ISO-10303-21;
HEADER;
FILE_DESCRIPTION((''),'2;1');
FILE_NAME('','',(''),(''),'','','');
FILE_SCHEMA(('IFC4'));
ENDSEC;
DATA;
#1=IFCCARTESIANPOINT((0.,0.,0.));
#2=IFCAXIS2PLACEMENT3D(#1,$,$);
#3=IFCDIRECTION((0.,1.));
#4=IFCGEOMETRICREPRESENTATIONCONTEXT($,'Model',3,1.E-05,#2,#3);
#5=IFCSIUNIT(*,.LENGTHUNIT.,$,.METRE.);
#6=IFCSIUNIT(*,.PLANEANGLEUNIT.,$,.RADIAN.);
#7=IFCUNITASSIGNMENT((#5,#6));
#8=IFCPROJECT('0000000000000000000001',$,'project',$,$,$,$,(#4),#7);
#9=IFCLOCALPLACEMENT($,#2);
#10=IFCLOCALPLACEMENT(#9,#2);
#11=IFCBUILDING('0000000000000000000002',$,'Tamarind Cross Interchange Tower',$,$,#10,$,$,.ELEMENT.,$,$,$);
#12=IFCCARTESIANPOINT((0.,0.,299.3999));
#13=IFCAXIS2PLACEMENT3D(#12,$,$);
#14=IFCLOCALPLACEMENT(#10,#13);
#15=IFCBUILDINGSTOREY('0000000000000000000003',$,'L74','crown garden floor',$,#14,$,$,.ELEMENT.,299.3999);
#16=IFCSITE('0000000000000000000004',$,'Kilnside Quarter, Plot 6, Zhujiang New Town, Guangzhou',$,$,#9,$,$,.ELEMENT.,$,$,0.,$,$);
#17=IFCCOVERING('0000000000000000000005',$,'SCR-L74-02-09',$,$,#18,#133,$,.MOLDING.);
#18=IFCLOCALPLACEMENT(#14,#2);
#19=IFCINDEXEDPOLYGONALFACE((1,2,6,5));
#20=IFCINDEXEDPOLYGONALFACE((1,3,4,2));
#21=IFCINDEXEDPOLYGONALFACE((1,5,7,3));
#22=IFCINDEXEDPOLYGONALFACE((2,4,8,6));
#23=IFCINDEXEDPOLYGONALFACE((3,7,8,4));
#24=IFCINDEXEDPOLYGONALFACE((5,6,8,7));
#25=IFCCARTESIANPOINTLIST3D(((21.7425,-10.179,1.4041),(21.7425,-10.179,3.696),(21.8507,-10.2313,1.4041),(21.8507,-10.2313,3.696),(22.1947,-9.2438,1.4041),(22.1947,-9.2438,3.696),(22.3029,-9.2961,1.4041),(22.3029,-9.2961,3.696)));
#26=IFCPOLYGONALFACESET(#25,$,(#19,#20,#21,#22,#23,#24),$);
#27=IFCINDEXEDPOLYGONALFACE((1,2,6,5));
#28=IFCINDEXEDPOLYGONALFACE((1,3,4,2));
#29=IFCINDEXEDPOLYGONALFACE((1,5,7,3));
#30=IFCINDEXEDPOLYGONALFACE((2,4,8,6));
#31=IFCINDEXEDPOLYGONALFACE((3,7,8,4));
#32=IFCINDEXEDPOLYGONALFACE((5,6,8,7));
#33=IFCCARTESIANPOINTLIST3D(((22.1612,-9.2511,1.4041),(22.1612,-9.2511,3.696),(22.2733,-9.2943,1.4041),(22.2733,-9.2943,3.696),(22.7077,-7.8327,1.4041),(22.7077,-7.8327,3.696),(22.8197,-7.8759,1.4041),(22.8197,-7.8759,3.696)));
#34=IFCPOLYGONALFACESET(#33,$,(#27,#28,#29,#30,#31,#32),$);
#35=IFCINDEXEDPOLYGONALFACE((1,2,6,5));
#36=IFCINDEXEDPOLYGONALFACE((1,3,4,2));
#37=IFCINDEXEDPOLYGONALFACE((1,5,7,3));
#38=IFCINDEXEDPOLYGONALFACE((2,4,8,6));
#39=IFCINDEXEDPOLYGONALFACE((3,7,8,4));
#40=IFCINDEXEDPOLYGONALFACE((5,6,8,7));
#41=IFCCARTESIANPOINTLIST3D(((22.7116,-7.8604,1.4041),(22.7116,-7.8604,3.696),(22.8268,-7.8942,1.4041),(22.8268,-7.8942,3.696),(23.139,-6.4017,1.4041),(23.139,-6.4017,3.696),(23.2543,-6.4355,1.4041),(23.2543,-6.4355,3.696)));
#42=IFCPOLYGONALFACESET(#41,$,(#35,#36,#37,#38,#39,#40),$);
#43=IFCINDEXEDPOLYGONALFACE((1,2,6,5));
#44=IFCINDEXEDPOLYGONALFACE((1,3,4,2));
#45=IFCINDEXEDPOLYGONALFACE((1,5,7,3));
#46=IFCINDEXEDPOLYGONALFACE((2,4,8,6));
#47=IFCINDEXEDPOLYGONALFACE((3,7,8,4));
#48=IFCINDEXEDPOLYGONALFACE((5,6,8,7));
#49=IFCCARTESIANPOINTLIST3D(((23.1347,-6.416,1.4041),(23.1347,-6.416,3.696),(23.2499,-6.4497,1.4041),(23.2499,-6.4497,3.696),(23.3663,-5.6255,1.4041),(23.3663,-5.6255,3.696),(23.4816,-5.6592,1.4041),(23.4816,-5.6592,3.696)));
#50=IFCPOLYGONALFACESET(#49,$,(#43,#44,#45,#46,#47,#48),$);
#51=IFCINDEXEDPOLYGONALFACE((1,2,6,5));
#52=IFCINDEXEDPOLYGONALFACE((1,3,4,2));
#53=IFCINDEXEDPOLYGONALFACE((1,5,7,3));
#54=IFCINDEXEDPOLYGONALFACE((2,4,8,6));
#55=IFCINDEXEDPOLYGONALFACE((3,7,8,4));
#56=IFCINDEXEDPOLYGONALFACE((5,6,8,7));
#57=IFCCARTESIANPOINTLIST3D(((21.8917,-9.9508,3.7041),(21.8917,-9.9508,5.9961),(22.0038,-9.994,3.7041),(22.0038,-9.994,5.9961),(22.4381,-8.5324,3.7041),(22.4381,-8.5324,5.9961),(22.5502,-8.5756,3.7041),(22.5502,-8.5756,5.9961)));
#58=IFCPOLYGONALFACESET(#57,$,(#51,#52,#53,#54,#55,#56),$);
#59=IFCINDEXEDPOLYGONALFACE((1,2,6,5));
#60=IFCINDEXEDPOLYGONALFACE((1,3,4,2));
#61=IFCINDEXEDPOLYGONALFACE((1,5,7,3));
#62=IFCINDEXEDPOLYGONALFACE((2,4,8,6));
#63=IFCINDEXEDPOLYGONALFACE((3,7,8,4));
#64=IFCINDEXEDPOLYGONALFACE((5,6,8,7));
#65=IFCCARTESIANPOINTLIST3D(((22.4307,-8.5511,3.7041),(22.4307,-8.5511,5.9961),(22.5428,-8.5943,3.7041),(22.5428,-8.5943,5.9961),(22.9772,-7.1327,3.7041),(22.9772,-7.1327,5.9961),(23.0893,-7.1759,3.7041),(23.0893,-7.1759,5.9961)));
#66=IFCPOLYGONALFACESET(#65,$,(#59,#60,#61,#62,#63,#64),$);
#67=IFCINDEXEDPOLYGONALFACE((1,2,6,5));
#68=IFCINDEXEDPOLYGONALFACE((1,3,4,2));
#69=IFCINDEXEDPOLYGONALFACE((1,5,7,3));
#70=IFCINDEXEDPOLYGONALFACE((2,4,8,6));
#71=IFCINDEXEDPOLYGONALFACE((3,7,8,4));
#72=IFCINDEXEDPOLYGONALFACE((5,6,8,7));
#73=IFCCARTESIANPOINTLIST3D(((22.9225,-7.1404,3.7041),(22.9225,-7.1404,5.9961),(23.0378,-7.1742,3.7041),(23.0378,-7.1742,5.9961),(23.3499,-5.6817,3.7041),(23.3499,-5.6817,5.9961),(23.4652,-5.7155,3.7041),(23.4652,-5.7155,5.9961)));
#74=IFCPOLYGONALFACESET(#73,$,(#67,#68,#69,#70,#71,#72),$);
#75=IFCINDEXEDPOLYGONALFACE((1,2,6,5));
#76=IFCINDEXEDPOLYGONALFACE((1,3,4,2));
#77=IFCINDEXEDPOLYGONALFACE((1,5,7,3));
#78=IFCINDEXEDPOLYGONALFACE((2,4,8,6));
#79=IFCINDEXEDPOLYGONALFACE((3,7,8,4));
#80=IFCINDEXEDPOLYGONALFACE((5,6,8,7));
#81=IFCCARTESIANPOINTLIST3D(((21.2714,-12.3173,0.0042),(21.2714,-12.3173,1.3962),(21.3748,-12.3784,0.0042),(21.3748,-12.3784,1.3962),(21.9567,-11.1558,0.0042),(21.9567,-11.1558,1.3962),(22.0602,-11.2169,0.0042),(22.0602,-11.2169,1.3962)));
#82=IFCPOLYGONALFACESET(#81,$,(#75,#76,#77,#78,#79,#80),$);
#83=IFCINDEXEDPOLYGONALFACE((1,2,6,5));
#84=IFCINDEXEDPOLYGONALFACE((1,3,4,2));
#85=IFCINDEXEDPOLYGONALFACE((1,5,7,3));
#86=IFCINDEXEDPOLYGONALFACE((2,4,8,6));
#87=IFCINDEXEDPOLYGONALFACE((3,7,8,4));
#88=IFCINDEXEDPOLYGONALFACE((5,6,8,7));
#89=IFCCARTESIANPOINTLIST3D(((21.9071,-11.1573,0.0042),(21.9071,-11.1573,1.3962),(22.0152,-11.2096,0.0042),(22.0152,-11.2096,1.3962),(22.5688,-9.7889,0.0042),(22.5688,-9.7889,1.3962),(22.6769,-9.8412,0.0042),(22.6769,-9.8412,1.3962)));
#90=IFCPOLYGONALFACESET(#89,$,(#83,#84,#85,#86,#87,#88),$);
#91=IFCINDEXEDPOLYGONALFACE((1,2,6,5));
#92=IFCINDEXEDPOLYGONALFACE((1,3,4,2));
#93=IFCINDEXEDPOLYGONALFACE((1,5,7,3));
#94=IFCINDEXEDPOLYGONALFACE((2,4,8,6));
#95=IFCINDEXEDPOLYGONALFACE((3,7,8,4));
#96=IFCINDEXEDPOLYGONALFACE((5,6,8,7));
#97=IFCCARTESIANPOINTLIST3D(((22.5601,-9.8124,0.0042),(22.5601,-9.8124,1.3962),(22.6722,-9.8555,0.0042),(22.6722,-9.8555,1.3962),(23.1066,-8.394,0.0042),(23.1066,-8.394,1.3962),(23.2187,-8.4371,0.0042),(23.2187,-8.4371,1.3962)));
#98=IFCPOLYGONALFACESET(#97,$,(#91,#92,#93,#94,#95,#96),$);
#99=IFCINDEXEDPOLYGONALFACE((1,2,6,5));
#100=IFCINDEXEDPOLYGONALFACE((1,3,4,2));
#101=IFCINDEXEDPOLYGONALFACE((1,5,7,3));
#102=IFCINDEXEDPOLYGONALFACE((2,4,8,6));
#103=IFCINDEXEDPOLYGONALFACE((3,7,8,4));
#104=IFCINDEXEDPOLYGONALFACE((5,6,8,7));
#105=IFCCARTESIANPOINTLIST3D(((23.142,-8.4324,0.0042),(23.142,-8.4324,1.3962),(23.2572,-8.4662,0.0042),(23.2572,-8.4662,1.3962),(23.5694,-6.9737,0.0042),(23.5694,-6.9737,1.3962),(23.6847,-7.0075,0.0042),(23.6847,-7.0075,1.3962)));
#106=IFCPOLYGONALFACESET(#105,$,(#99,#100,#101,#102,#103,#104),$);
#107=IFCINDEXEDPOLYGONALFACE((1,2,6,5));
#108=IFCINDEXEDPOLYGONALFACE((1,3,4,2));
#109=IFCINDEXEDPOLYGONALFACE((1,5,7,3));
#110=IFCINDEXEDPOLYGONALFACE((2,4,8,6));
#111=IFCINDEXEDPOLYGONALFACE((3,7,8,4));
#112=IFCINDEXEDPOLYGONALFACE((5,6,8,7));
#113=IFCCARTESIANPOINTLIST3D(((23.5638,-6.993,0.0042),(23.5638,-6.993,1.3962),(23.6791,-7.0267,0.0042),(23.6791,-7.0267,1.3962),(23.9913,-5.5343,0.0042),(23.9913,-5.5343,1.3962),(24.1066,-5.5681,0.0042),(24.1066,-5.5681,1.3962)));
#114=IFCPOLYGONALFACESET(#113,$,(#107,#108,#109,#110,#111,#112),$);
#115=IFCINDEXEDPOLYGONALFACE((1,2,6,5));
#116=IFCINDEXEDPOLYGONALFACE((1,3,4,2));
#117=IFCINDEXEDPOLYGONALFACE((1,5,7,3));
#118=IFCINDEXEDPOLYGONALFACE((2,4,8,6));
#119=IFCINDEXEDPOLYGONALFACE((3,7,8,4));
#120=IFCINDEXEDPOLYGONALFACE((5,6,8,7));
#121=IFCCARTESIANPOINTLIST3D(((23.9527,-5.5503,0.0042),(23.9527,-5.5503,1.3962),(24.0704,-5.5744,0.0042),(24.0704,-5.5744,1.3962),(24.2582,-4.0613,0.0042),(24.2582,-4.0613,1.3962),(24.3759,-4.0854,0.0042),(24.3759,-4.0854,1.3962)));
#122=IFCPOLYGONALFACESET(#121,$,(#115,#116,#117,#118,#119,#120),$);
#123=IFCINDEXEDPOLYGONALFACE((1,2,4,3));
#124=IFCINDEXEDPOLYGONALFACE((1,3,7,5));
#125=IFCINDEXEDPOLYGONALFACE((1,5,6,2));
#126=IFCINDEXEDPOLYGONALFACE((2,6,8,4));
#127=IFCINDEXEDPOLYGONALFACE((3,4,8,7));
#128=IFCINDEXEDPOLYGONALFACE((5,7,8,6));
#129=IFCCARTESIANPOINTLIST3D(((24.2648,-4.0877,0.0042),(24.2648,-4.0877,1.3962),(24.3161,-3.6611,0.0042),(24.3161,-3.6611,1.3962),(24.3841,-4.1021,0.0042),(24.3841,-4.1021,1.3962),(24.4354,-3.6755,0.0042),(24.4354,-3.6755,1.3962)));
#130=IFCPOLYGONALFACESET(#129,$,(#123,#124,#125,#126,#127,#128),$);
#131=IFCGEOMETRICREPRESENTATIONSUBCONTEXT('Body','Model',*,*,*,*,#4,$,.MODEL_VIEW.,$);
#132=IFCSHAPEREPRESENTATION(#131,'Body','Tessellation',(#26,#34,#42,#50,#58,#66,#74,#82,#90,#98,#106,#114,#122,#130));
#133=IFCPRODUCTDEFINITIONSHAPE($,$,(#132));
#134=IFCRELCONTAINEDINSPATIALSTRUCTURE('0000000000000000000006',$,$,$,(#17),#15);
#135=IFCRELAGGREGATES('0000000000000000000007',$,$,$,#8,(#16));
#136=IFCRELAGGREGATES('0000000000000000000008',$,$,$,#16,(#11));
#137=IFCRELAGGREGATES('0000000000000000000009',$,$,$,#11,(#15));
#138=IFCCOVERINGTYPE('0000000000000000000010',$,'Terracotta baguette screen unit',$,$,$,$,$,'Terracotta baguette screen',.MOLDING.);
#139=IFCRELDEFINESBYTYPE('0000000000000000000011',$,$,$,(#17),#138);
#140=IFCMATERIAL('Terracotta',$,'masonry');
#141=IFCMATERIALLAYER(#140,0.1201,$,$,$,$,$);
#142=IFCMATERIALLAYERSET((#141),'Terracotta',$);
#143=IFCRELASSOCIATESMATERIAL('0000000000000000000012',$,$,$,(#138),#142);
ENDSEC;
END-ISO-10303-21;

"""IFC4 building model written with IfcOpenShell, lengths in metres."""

from ifc_helpers import new_model, si_unit, direction, frame, origin, origin_2d, place, context, subcontext, project, spatial, rectangle, extrude, material, layer, layer_set, type_object, element, save


model = new_model("IFC4")

# Units and contexts
model_context = context("Model", 3, precision=1e-05, world=origin(), true_north=direction((0.0, 1.0)))
body_context = subcontext(model_context, "Body", "Model", "MODEL_VIEW")
ifc_project = project(units=[si_unit("LENGTHUNIT", "METRE"), si_unit("PLANEANGLEUNIT", "RADIAN")], contexts=[model_context])

# Site, building, storey
site_placement = place(None, origin())
site = spatial("IfcSite", under=ifc_project, at=site_placement, Name="Kilnside Quarter, Plot 6, Zhujiang New Town, Guangzhou", CompositionType="ELEMENT", RefElevation=0.0)
building_placement = place(site_placement, origin())
building = spatial("IfcBuilding", under=site, at=building_placement, Name="Tamarind Cross Interchange Tower", CompositionType="ELEMENT")
storey_placement = place(building_placement, frame((0.0, 0.0, 299.3999)))
storey = spatial("IfcBuildingStorey", under=building, at=storey_placement, Name="L74", Description="crown garden floor", CompositionType="ELEMENT", Elevation=299.3999)

# Covering
ifc_material_1 = material(Name="Terracotta", Category="masonry")
ifc_layer_1 = layer(ifc_material_1, 0.1201)
ifc_layer_set_1 = layer_set([ifc_layer_1], Name="Terracotta")
covering_type = type_object("IfcCoveringType", Name="Terracotta baguette screen unit", ElementType="Terracotta baguette screen", PredefinedType="MOLDING", material=ifc_layer_set_1)
covering_1_placement = place(storey_placement, origin())
element("IfcCovering", 1, at=covering_1_placement, inside=storey, type_object=covering_type, Name="SCR-L74-02-09", PredefinedType="MOLDING", context=body_context, shape_type="SweptSolid", body=[
    extrude(rectangle(XDim=1.0388, YDim=0.1201, at=origin_2d()), frame((22.0227, -9.7375, 1.4041), z_axis=(0.0, 0.0, 1.0), x_axis=(0.435326, 0.900273, 0.0)), (0.0, 0.0, 1.0), 2.292),
    extrude(rectangle(XDim=1.52, YDim=0.1201, at=origin_2d()), frame((22.4905, -8.5635, 1.4041), z_axis=(0.0, 0.0, 1.0), x_axis=(0.359495, 0.933147, 0.0)), (0.0, 0.0, 1.0), 2.292),
    extrude(rectangle(XDim=1.52, YDim=0.1201, at=origin_2d()), frame((22.9829, -7.1479, 1.4041), z_axis=(0.0, 0.0, 1.0), x_axis=(0.281209, 0.959647, 0.0)), (0.0, 0.0, 1.0), 2.292),
    extrude(rectangle(XDim=0.8237, YDim=0.1201, at=origin_2d()), frame((23.3081, -6.0376, 1.4041), z_axis=(0.0, 0.0, 1.0), x_axis=(0.281209, 0.959647, 0.0)), (0.0, 0.0, 1.0), 2.292),
    extrude(rectangle(XDim=1.52, YDim=0.1201, at=origin_2d()), frame((22.2209, -9.2632, 3.7041), z_axis=(0.0, 0.0, 1.0), x_axis=(0.359495, 0.933147, 0.0)), (0.0, 0.0, 1.0), 2.292),
    extrude(rectangle(XDim=1.52, YDim=0.1201, at=origin_2d()), frame((22.76, -7.8635, 3.7041), z_axis=(0.0, 0.0, 1.0), x_axis=(0.359495, 0.933147, 0.0)), (0.0, 0.0, 1.0), 2.292),
    extrude(rectangle(XDim=1.52, YDim=0.1201, at=origin_2d()), frame((23.1938, -6.428, 3.7041), z_axis=(0.0, 0.0, 1.0), x_axis=(0.281209, 0.959647, 0.0)), (0.0, 0.0, 1.0), 2.292),
    extrude(rectangle(XDim=1.3486, YDim=0.1201, at=origin_2d()), frame((21.6658, -11.7671, 0.0042), z_axis=(0.0, 0.0, 1.0), x_axis=(0.508183, 0.861249, 0.0)), (0.0, 0.0, 1.0), 1.3921),
    extrude(rectangle(XDim=1.52, YDim=0.1201, at=origin_2d()), frame((22.292, -10.4993, 0.0042), z_axis=(0.0, 0.0, 1.0), x_axis=(0.435326, 0.900273, 0.0)), (0.0, 0.0, 1.0), 1.3921),
    extrude(rectangle(XDim=1.52, YDim=0.1201, at=origin_2d()), frame((22.8894, -9.1248, 0.0042), z_axis=(0.0, 0.0, 1.0), x_axis=(0.359495, 0.933147, 0.0)), (0.0, 0.0, 1.0), 1.3921),
    extrude(rectangle(XDim=1.52, YDim=0.1201, at=origin_2d()), frame((23.4133, -7.72, 0.0042), z_axis=(0.0, 0.0, 1.0), x_axis=(0.281209, 0.959647, 0.0)), (0.0, 0.0, 1.0), 1.3921),
    extrude(rectangle(XDim=1.52, YDim=0.1201, at=origin_2d()), frame((23.8352, -6.2805, 0.0042), z_axis=(0.0, 0.0, 1.0), x_axis=(0.281209, 0.959647, 0.0)), (0.0, 0.0, 1.0), 1.3921),
    extrude(rectangle(XDim=1.52, YDim=0.1201, at=origin_2d()), frame((24.1643, -4.8179, 0.0042), z_axis=(0.0, 0.0, 1.0), x_axis=(0.201001, 0.979591, 0.0)), (0.0, 0.0, 1.0), 1.3921),
    extrude(rectangle(XDim=0.4297, YDim=0.1201, at=origin_2d()), frame((24.3501, -3.8816, 0.0042), z_axis=(0.0, 0.0, 1.0), x_axis=(0.119421, 0.992844, 0.0)), (0.0, 0.0, 1.0), 1.3921),
])

save(model, "model.ifc")
